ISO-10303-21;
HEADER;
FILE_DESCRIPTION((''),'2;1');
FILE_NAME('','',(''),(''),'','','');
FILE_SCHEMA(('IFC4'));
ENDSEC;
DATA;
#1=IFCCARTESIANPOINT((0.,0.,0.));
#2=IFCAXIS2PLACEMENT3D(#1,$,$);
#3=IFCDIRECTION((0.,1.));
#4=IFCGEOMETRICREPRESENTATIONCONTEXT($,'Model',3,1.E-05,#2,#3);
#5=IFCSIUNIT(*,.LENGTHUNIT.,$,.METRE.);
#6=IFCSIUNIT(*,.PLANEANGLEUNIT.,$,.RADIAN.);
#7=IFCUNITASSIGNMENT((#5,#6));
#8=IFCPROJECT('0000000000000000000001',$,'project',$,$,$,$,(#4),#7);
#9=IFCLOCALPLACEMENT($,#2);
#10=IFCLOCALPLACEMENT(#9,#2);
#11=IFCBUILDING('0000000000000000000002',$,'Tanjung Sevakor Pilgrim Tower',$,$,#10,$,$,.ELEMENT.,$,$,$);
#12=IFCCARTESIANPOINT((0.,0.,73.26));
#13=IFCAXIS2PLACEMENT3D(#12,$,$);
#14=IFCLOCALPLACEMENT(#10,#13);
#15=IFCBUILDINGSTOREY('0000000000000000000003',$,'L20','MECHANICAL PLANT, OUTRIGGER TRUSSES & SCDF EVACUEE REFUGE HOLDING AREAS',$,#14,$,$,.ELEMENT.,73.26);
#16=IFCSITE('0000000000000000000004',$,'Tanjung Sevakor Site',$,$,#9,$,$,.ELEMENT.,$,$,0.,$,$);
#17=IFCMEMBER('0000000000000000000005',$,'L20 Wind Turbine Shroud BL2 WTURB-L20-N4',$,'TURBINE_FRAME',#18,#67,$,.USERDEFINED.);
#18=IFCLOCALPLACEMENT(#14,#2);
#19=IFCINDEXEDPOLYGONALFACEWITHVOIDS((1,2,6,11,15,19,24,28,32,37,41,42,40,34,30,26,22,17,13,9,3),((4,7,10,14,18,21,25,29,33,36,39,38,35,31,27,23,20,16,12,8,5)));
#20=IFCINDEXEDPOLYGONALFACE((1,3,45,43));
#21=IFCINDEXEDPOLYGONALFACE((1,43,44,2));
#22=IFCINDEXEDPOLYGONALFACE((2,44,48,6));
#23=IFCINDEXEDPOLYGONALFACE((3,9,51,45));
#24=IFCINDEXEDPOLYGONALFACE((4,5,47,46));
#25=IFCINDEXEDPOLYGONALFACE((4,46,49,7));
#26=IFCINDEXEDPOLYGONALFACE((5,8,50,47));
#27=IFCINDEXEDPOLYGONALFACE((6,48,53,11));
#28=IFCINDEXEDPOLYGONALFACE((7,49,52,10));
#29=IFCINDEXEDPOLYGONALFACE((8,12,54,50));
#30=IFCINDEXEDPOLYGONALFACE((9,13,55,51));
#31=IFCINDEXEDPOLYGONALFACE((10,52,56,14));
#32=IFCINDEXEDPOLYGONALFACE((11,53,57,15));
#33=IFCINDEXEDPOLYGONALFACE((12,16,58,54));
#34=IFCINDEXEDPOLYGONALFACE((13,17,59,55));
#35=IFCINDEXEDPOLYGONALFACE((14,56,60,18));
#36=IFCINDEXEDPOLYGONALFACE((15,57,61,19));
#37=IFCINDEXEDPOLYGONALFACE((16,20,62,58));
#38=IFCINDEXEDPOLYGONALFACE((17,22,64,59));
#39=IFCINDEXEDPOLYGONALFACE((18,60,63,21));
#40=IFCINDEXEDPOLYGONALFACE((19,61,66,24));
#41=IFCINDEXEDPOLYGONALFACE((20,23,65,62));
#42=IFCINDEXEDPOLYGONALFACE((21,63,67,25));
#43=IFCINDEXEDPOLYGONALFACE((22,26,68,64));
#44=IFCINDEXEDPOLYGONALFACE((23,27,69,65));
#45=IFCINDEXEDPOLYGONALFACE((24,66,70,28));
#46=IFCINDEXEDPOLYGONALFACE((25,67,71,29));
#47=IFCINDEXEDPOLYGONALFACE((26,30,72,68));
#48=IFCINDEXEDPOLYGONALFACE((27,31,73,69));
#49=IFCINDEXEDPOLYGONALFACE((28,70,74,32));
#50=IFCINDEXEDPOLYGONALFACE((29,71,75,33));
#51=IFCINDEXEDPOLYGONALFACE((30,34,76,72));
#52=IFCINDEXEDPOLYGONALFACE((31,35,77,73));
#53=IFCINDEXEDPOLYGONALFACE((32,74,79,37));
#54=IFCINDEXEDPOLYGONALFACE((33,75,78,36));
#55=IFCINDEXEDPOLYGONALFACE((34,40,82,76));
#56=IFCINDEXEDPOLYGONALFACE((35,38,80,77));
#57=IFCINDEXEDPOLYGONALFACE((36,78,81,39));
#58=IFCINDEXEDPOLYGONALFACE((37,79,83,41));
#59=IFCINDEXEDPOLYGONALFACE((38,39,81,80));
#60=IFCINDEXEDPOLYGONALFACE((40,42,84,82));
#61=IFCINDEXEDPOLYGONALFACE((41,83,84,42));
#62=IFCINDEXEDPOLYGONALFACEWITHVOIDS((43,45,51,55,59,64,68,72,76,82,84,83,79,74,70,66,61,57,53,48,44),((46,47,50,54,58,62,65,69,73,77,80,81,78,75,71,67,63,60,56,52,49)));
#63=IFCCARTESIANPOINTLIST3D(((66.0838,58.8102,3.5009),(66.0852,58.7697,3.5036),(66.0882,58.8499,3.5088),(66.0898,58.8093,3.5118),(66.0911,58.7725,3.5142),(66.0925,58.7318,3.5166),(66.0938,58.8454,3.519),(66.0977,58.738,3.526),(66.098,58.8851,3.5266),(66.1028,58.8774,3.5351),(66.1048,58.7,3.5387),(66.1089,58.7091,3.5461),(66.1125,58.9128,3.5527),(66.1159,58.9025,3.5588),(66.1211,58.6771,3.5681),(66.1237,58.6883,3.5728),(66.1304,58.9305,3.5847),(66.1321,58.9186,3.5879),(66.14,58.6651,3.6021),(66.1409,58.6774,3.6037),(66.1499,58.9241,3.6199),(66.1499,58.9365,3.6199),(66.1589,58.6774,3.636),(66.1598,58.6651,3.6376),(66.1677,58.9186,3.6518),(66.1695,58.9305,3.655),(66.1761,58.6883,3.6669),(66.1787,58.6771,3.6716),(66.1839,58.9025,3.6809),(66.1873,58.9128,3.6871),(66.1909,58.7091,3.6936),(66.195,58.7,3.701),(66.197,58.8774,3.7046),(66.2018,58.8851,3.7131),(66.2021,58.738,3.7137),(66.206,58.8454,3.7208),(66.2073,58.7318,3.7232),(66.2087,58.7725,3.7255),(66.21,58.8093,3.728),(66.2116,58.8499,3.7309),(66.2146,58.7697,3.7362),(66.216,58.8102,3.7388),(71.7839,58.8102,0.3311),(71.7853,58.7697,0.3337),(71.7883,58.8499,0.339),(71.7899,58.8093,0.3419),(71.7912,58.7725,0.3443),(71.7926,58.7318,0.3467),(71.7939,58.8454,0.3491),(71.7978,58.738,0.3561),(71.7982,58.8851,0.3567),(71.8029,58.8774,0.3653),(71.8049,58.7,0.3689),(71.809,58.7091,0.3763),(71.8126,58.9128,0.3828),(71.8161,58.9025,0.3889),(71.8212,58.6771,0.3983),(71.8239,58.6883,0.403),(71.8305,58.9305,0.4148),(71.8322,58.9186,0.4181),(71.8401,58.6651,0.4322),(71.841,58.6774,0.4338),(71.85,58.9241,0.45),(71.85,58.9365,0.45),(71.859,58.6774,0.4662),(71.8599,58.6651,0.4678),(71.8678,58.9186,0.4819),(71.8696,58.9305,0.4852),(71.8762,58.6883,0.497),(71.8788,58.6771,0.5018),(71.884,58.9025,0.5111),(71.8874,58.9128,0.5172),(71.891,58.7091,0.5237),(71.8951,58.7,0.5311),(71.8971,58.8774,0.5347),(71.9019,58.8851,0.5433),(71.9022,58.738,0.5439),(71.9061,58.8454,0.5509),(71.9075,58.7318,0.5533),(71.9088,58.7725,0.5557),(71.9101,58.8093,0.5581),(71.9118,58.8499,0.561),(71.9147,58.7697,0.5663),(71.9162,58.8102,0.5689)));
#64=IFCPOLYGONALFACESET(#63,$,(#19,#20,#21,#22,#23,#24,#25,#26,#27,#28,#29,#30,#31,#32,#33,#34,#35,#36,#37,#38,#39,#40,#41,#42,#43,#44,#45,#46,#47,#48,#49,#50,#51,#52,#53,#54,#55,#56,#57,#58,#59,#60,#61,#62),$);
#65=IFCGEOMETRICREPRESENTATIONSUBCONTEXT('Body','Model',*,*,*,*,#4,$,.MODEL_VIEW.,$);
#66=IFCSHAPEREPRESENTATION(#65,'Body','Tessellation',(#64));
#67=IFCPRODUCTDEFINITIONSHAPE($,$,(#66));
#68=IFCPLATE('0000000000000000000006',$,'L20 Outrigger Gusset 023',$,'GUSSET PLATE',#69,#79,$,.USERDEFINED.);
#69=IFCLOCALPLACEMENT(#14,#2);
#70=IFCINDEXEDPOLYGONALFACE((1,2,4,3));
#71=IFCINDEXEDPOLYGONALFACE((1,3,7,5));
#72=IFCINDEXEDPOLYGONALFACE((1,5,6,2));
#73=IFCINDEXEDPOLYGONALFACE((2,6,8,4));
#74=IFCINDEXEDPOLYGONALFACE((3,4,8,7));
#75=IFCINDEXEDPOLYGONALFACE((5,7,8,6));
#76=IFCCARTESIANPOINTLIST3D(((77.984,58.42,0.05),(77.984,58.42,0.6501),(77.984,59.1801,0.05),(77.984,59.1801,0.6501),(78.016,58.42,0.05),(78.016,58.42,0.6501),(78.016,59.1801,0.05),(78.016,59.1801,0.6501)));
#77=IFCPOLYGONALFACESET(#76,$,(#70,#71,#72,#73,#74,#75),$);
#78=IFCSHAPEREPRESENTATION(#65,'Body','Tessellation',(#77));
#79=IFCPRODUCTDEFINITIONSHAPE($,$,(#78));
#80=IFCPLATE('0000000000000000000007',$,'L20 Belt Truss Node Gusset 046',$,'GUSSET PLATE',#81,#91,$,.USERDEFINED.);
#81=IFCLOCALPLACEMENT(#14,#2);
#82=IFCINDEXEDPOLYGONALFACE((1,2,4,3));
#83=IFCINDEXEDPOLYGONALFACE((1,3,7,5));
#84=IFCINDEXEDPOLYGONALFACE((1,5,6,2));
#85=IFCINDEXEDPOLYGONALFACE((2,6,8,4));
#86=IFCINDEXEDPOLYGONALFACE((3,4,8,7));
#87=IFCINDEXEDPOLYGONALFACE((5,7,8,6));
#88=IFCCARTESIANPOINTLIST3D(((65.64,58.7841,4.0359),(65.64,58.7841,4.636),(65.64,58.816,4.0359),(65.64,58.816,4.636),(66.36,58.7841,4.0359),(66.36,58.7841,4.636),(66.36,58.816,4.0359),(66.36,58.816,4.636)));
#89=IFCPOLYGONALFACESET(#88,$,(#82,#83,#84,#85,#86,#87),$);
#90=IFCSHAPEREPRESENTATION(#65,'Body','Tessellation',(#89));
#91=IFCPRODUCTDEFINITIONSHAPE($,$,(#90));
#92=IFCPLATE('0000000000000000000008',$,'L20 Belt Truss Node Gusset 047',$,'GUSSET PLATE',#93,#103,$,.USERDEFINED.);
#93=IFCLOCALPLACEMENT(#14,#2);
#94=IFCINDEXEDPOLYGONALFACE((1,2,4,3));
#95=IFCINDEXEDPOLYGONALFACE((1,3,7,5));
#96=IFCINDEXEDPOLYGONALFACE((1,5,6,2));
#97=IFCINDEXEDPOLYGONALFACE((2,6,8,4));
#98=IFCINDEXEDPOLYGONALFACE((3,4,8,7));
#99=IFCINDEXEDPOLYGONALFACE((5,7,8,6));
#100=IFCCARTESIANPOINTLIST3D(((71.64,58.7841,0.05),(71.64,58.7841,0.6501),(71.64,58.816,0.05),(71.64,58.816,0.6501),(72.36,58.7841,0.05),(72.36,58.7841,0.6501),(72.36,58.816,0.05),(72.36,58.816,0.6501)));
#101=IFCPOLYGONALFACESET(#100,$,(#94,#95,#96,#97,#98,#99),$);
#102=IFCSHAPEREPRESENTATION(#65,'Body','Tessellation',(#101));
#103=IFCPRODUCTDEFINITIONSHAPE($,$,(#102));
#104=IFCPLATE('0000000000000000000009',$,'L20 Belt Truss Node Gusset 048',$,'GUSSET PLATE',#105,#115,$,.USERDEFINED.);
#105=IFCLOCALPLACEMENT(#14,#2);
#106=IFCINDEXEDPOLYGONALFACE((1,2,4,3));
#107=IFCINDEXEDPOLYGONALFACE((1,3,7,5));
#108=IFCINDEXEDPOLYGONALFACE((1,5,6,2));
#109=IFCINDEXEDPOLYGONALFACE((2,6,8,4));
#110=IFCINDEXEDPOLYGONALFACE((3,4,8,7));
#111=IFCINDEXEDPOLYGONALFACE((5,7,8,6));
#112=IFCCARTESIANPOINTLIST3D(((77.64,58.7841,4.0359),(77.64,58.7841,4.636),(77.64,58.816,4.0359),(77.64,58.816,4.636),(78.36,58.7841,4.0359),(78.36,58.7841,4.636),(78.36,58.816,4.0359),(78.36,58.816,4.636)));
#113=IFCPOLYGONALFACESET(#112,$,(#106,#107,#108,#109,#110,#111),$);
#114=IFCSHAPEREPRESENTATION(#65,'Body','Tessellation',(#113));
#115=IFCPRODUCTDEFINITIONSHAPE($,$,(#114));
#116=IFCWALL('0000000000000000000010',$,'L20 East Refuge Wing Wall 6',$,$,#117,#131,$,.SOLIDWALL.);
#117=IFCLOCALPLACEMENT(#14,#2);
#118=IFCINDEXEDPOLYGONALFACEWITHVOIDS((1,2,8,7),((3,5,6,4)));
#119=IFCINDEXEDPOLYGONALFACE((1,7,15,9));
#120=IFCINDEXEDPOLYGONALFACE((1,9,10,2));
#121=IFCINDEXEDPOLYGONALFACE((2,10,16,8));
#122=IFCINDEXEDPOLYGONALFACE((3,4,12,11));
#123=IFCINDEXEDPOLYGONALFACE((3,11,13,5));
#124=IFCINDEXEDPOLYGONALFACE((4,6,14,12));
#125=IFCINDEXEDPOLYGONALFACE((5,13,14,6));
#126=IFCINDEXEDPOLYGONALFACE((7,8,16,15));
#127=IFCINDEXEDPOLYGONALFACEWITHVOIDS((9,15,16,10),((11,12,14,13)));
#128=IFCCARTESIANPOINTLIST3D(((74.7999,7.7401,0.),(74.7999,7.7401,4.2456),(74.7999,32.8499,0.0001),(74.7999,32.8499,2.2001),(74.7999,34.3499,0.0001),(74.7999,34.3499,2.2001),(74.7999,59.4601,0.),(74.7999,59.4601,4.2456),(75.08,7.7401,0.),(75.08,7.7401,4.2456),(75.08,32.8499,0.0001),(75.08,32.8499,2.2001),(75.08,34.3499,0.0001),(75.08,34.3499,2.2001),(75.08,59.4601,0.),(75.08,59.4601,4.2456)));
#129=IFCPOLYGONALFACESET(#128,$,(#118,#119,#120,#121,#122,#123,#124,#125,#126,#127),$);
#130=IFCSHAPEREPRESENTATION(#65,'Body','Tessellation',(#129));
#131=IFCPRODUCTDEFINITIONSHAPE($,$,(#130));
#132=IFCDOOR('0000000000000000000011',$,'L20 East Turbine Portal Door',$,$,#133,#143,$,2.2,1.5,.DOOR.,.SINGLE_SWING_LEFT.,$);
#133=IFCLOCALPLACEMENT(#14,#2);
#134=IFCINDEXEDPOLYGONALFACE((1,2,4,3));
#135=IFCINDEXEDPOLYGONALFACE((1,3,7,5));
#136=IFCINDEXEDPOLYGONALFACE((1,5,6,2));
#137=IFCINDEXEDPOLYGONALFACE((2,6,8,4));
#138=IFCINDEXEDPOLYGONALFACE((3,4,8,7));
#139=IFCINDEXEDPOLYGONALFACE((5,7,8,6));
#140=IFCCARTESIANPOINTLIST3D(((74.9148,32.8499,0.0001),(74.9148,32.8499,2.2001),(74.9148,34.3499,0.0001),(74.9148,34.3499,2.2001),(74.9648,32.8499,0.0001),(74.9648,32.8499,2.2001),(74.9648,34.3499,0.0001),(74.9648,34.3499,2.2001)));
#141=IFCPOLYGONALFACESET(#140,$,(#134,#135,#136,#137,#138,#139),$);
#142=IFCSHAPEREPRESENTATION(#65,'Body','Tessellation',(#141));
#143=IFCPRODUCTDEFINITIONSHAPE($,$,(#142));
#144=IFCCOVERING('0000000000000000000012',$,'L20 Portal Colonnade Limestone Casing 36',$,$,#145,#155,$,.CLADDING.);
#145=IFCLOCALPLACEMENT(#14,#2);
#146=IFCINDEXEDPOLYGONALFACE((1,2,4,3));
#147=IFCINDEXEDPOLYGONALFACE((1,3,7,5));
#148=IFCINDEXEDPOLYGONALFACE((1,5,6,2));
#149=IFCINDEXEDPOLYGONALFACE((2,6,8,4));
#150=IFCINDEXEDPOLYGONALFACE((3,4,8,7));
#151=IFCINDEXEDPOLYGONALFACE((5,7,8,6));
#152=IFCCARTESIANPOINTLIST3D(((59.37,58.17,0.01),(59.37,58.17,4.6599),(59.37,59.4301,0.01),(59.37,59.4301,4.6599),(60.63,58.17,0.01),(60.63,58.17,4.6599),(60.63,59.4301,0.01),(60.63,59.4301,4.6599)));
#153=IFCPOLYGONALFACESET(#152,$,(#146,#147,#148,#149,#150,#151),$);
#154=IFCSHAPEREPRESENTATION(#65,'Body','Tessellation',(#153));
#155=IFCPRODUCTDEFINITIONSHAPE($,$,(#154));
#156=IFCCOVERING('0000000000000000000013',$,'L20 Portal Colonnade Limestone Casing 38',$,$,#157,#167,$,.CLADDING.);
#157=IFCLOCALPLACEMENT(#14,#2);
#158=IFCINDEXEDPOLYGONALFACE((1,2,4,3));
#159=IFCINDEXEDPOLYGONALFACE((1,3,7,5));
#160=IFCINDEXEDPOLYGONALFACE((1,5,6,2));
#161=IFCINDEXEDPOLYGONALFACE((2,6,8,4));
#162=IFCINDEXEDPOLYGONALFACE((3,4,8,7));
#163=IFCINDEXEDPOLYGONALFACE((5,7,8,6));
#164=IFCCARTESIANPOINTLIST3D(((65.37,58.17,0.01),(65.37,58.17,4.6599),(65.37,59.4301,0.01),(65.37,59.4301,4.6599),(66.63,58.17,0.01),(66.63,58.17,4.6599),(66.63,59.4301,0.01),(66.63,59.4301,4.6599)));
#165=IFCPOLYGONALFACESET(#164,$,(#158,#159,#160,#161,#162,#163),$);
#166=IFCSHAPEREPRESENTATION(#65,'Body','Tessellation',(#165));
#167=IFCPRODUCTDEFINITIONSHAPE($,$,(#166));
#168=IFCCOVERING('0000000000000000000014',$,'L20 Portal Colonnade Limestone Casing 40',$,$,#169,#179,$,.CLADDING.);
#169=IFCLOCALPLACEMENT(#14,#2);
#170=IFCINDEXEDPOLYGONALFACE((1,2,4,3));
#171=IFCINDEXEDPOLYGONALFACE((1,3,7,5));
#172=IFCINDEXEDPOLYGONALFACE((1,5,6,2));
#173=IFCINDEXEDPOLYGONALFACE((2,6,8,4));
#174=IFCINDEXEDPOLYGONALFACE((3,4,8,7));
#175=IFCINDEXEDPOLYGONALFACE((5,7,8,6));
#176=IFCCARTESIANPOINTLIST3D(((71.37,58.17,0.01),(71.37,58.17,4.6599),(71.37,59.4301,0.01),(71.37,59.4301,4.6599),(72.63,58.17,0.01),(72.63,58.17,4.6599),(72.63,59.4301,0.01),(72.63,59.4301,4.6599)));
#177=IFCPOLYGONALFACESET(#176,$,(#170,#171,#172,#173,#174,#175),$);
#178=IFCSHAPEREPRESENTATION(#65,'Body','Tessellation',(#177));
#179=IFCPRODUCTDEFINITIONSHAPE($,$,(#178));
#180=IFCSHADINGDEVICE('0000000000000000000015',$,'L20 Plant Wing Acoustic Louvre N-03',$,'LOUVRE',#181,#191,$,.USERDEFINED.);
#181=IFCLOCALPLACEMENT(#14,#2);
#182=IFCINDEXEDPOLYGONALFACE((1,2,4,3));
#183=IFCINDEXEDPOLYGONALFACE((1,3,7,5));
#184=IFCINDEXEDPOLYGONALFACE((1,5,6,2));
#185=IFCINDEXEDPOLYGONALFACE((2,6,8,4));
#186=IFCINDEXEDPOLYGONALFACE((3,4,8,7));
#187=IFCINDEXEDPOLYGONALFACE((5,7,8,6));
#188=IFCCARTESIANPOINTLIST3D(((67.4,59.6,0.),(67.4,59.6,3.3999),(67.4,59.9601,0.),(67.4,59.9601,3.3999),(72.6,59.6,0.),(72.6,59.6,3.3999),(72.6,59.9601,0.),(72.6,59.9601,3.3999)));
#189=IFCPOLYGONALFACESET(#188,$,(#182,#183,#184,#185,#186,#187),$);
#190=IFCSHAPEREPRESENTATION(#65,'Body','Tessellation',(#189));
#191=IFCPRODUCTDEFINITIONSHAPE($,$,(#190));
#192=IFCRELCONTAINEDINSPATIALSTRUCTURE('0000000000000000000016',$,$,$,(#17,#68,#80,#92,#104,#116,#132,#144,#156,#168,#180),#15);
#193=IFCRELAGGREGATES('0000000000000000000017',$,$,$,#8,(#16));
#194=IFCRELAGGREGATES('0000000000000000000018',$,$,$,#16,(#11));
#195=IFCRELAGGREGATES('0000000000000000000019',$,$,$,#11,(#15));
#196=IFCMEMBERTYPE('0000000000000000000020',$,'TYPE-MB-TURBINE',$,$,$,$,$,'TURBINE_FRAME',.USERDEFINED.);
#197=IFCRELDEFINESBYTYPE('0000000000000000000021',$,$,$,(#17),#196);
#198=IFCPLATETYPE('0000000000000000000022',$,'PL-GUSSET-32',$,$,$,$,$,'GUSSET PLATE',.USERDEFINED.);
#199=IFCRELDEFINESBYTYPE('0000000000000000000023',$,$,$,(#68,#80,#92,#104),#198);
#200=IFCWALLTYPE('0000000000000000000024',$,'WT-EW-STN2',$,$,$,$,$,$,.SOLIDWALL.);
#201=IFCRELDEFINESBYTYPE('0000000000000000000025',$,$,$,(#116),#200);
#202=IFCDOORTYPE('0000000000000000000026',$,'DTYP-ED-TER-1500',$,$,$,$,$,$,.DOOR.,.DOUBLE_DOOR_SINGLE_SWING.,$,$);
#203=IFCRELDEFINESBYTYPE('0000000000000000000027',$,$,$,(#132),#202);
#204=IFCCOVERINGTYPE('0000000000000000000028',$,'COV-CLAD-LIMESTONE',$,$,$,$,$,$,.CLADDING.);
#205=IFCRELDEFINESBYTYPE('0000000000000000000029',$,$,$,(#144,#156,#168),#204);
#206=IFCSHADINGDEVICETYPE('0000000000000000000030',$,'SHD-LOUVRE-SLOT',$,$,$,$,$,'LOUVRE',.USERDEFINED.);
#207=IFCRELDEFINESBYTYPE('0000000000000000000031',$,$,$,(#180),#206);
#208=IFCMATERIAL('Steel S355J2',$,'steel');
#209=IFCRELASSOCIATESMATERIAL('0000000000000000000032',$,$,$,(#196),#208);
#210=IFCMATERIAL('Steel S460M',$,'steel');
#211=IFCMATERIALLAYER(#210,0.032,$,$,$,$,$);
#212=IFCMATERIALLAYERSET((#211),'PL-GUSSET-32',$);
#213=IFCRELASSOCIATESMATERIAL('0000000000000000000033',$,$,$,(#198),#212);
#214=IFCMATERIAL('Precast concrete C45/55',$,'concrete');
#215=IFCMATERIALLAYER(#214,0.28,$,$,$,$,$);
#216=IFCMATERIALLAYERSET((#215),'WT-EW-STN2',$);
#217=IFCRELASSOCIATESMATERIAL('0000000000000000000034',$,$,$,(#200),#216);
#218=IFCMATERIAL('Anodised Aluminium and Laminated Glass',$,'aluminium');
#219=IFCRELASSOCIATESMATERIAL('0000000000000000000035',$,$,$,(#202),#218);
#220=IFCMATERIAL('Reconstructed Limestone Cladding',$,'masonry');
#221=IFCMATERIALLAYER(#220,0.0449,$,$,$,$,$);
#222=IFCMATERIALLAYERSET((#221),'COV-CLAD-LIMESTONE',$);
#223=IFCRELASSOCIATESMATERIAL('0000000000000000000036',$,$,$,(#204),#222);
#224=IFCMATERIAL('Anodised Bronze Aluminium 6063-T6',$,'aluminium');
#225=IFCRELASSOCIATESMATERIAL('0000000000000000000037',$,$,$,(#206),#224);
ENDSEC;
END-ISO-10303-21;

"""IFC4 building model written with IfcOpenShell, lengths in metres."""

from ifc_helpers import new_model, si_unit, direction, frame, frame_2d, origin, origin_2d, place, context, subcontext, project, spatial, rectangle, hollow_circle, extrude, material, layer, layer_set, material_profile, profile_set, type_object, element, fill, save


model = new_model("IFC4")

# Units and contexts
model_context = context("Model", 3, precision=1e-05, world=origin(), true_north=direction((0.0, 1.0)))
body_context = subcontext(model_context, "Body", "Model", "MODEL_VIEW")
ifc_project = project(units=[si_unit("LENGTHUNIT", "METRE"), si_unit("PLANEANGLEUNIT", "RADIAN")], contexts=[model_context])

# Site, building, storey
site_placement = place(None, origin())
site = spatial("IfcSite", under=ifc_project, at=site_placement, Name="Tanjung Sevakor Site", CompositionType="ELEMENT", RefElevation=0.0)
building_placement = place(site_placement, origin())
building = spatial("IfcBuilding", under=site, at=building_placement, Name="Tanjung Sevakor Pilgrim Tower", CompositionType="ELEMENT")
storey_placement = place(building_placement, frame((0.0, 0.0, 73.26)))
storey = spatial("IfcBuildingStorey", under=building, at=storey_placement, Name="L20", Description="MECHANICAL PLANT, OUTRIGGER TRUSSES & SCDF EVACUEE REFUGE HOLDING AREAS", CompositionType="ELEMENT", Elevation=73.26)

# Member
ifc_material_1 = material(Name="Steel S355J2", Category="steel")
ifc_material_profile_1 = material_profile(ifc_material_1, hollow_circle(Radius=0.1365, WallThickness=0.0125, at=origin_2d()))
ifc_profile_set_1 = profile_set([ifc_material_profile_1], Name="Steel S355J2")
member_type_1 = type_object("IfcMemberType", Name="TYPE-MB-TURBINE", ElementType="TURBINE_FRAME", PredefinedType="USERDEFINED", material=ifc_profile_set_1)
for number, where, z_axis, x_axis, name in (
    (1, (66.1499, 58.8, 3.6199), (0.873952, 0.0, -0.486012), (0.0, 1.0, 0.0), "L20 Wind Turbine Shroud BL2 WTURB-L20-N4"),
):
    element("IfcMember", number, at=place(storey_placement, frame(where, z_axis=z_axis, x_axis=x_axis)), inside=storey, type_object=member_type_1, Name=name, ObjectType="TURBINE_FRAME", PredefinedType="USERDEFINED", context=body_context, shape_type="SweptSolid", body=[
        extrude(hollow_circle(Radius=0.1365, WallThickness=0.0125, at=origin_2d()), origin(), (0.0, 0.0, 1.0), 6.5222),
    ])

# Plates
ifc_material_2 = material(Name="Steel S460M", Category="steel")
ifc_layer_1 = layer(ifc_material_2, 0.032)
ifc_layer_set_1 = layer_set([ifc_layer_1], Name="PL-GUSSET-32")
plate_type = type_object("IfcPlateType", Name="PL-GUSSET-32", ElementType="GUSSET PLATE", PredefinedType="USERDEFINED", material=ifc_layer_set_1)
plate_placement = place(storey_placement, frame((78.0, 58.8, 0.05), z_axis=(0.0, 0.0, 1.0), x_axis=(1.0, 0.0, 0.0)))
element("IfcPlate", 2, at=plate_placement, inside=storey, type_object=plate_type, Name="L20 Outrigger Gusset 023", ObjectType="GUSSET PLATE", PredefinedType="USERDEFINED", context=body_context, shape_type="SweptSolid", body=[
    extrude(rectangle(XDim=0.032, YDim=0.76, at=origin_2d()), origin(), (0.0, 0.0, 1.0), 0.6001),
])
for number, where, z_axis, x_axis, name in (
    (3, (66.0, 58.8, 4.0359), (0.0, 0.0, 1.0), (1.0, 0.0, 0.0), "L20 Belt Truss Node Gusset 046"),
    (4, (72.0, 58.8, 0.05), (0.0, 0.0, 1.0), (1.0, 0.0, 0.0), "L20 Belt Truss Node Gusset 047"),
    (5, (78.0, 58.8, 4.0359), (0.0, 0.0, 1.0), (1.0, 0.0, 0.0), "L20 Belt Truss Node Gusset 048"),
):
    element("IfcPlate", number, at=place(storey_placement, frame(where, z_axis=z_axis, x_axis=x_axis)), inside=storey, type_object=plate_type, Name=name, ObjectType="GUSSET PLATE", PredefinedType="USERDEFINED", context=body_context, shape_type="SweptSolid", body=[
        extrude(rectangle(XDim=0.72, YDim=0.032, at=origin_2d()), origin(), (0.0, 0.0, 1.0), 0.6001),
    ])

# Wall, opening, door
ifc_material_3 = material(Name="Precast concrete C45/55", Category="concrete")
ifc_layer_2 = layer(ifc_material_3, 0.28)
ifc_layer_set_2 = layer_set([ifc_layer_2], Name="WT-EW-STN2")
wall_type = type_object("IfcWallType", Name="WT-EW-STN2", PredefinedType="SOLIDWALL", material=ifc_layer_set_2)
wall_placement = place(storey_placement, frame((74.9399, 59.46, 0.0), z_axis=(0.0, 0.0, 1.0), x_axis=(0.0, -1.0, 0.0)))
wall = element("IfcWall", 6, at=wall_placement, inside=storey, type_object=wall_type, Name="L20 East Refuge Wing Wall 6", PredefinedType="SOLIDWALL", context=body_context, shape_type="SweptSolid", body=[
    extrude(rectangle(XDim=51.72, YDim=0.28, at=frame_2d((25.8599, 0.0))), origin(), (0.0, 0.0, 1.0), 4.2456),
])
opening_placement = place(wall_placement, frame((25.1101, 0.0, 0.0)))
opening = element("IfcOpeningElement", 7, at=opening_placement, cuts=wall, PredefinedType="OPENING", context=body_context, shape_type="SweptSolid", body=[
    extrude(rectangle(XDim=1.5, YDim=2.2, at=frame_2d((0.75, 1.1001))), frame((0.0, 0.1499, 0.0), z_axis=(0.0, -1.0, 0.0), x_axis=(1.0, 0.0, 0.0)), (0.0, 0.0, 1.0), 0.3),
])
ifc_material_4 = material(Name="Anodised Aluminium and Laminated Glass", Category="aluminium")
door_type = type_object("IfcDoorType", Name="DTYP-ED-TER-1500", OperationType="DOUBLE_DOOR_SINGLE_SWING", PredefinedType="DOOR", material=ifc_material_4)
door_placement = place(opening_placement, origin())
door = element("IfcDoor", 8, at=door_placement, inside=storey, type_object=door_type, Name="L20 East Turbine Portal Door", OperationType="SINGLE_SWING_LEFT", OverallHeight=2.2, OverallWidth=1.5, PredefinedType="DOOR", context=body_context, shape_type="SweptSolid", body=[
    extrude(rectangle(XDim=1.5, YDim=2.2, at=frame_2d((0.75, 1.1001))), frame((0.0, 0.0249, 0.0), z_axis=(0.0, -1.0, 0.0), x_axis=(1.0, 0.0, 0.0)), (0.0, 0.0, 1.0), 0.05),
])
fill(opening, door)

# Coverings
ifc_material_5 = material(Name="Reconstructed Limestone Cladding", Category="masonry")
ifc_layer_3 = layer(ifc_material_5, 0.0449)
ifc_layer_set_3 = layer_set([ifc_layer_3], Name="COV-CLAD-LIMESTONE")
covering_type = type_object("IfcCoveringType", Name="COV-CLAD-LIMESTONE", PredefinedType="CLADDING", material=ifc_layer_set_3)
for number, where, z_axis, x_axis, name in (
    (9, (60.0, 58.8, 0.01), (0.0, 0.0, 1.0), (1.0, 0.0, 0.0), "L20 Portal Colonnade Limestone Casing 36"),
    (10, (66.0, 58.8, 0.01), (0.0, 0.0, 1.0), (1.0, 0.0, 0.0), "L20 Portal Colonnade Limestone Casing 38"),
    (11, (72.0, 58.8, 0.01), (0.0, 0.0, 1.0), (1.0, 0.0, 0.0), "L20 Portal Colonnade Limestone Casing 40"),
):
    element("IfcCovering", number, at=place(storey_placement, frame(where, z_axis=z_axis, x_axis=x_axis)), inside=storey, type_object=covering_type, Name=name, PredefinedType="CLADDING", context=body_context, shape_type="SweptSolid", body=[
        extrude(rectangle(XDim=1.26, YDim=1.26, at=origin_2d()), origin(), (0.0, 0.0, 1.0), 4.6499),
    ])

# Shading device
ifc_material_6 = material(Name="Anodised Bronze Aluminium 6063-T6", Category="aluminium")
shading_device_type = type_object("IfcShadingDeviceType", Name="SHD-LOUVRE-SLOT", ElementType="LOUVRE", PredefinedType="USERDEFINED", material=ifc_material_6)
shading_device_placement = place(storey_placement, frame((70.0, 59.78, 0.0), z_axis=(0.0, 0.0, 1.0), x_axis=(1.0, 0.0, 0.0)))
element("IfcShadingDevice", 12, at=shading_device_placement, inside=storey, type_object=shading_device_type, Name="L20 Plant Wing Acoustic Louvre N-03", ObjectType="LOUVRE", PredefinedType="USERDEFINED", context=body_context, shape_type="SweptSolid", body=[
    extrude(rectangle(XDim=5.2, YDim=0.3601, at=origin_2d()), origin(), (0.0, 0.0, 1.0), 3.3999),
])

save(model, "model.ifc")
